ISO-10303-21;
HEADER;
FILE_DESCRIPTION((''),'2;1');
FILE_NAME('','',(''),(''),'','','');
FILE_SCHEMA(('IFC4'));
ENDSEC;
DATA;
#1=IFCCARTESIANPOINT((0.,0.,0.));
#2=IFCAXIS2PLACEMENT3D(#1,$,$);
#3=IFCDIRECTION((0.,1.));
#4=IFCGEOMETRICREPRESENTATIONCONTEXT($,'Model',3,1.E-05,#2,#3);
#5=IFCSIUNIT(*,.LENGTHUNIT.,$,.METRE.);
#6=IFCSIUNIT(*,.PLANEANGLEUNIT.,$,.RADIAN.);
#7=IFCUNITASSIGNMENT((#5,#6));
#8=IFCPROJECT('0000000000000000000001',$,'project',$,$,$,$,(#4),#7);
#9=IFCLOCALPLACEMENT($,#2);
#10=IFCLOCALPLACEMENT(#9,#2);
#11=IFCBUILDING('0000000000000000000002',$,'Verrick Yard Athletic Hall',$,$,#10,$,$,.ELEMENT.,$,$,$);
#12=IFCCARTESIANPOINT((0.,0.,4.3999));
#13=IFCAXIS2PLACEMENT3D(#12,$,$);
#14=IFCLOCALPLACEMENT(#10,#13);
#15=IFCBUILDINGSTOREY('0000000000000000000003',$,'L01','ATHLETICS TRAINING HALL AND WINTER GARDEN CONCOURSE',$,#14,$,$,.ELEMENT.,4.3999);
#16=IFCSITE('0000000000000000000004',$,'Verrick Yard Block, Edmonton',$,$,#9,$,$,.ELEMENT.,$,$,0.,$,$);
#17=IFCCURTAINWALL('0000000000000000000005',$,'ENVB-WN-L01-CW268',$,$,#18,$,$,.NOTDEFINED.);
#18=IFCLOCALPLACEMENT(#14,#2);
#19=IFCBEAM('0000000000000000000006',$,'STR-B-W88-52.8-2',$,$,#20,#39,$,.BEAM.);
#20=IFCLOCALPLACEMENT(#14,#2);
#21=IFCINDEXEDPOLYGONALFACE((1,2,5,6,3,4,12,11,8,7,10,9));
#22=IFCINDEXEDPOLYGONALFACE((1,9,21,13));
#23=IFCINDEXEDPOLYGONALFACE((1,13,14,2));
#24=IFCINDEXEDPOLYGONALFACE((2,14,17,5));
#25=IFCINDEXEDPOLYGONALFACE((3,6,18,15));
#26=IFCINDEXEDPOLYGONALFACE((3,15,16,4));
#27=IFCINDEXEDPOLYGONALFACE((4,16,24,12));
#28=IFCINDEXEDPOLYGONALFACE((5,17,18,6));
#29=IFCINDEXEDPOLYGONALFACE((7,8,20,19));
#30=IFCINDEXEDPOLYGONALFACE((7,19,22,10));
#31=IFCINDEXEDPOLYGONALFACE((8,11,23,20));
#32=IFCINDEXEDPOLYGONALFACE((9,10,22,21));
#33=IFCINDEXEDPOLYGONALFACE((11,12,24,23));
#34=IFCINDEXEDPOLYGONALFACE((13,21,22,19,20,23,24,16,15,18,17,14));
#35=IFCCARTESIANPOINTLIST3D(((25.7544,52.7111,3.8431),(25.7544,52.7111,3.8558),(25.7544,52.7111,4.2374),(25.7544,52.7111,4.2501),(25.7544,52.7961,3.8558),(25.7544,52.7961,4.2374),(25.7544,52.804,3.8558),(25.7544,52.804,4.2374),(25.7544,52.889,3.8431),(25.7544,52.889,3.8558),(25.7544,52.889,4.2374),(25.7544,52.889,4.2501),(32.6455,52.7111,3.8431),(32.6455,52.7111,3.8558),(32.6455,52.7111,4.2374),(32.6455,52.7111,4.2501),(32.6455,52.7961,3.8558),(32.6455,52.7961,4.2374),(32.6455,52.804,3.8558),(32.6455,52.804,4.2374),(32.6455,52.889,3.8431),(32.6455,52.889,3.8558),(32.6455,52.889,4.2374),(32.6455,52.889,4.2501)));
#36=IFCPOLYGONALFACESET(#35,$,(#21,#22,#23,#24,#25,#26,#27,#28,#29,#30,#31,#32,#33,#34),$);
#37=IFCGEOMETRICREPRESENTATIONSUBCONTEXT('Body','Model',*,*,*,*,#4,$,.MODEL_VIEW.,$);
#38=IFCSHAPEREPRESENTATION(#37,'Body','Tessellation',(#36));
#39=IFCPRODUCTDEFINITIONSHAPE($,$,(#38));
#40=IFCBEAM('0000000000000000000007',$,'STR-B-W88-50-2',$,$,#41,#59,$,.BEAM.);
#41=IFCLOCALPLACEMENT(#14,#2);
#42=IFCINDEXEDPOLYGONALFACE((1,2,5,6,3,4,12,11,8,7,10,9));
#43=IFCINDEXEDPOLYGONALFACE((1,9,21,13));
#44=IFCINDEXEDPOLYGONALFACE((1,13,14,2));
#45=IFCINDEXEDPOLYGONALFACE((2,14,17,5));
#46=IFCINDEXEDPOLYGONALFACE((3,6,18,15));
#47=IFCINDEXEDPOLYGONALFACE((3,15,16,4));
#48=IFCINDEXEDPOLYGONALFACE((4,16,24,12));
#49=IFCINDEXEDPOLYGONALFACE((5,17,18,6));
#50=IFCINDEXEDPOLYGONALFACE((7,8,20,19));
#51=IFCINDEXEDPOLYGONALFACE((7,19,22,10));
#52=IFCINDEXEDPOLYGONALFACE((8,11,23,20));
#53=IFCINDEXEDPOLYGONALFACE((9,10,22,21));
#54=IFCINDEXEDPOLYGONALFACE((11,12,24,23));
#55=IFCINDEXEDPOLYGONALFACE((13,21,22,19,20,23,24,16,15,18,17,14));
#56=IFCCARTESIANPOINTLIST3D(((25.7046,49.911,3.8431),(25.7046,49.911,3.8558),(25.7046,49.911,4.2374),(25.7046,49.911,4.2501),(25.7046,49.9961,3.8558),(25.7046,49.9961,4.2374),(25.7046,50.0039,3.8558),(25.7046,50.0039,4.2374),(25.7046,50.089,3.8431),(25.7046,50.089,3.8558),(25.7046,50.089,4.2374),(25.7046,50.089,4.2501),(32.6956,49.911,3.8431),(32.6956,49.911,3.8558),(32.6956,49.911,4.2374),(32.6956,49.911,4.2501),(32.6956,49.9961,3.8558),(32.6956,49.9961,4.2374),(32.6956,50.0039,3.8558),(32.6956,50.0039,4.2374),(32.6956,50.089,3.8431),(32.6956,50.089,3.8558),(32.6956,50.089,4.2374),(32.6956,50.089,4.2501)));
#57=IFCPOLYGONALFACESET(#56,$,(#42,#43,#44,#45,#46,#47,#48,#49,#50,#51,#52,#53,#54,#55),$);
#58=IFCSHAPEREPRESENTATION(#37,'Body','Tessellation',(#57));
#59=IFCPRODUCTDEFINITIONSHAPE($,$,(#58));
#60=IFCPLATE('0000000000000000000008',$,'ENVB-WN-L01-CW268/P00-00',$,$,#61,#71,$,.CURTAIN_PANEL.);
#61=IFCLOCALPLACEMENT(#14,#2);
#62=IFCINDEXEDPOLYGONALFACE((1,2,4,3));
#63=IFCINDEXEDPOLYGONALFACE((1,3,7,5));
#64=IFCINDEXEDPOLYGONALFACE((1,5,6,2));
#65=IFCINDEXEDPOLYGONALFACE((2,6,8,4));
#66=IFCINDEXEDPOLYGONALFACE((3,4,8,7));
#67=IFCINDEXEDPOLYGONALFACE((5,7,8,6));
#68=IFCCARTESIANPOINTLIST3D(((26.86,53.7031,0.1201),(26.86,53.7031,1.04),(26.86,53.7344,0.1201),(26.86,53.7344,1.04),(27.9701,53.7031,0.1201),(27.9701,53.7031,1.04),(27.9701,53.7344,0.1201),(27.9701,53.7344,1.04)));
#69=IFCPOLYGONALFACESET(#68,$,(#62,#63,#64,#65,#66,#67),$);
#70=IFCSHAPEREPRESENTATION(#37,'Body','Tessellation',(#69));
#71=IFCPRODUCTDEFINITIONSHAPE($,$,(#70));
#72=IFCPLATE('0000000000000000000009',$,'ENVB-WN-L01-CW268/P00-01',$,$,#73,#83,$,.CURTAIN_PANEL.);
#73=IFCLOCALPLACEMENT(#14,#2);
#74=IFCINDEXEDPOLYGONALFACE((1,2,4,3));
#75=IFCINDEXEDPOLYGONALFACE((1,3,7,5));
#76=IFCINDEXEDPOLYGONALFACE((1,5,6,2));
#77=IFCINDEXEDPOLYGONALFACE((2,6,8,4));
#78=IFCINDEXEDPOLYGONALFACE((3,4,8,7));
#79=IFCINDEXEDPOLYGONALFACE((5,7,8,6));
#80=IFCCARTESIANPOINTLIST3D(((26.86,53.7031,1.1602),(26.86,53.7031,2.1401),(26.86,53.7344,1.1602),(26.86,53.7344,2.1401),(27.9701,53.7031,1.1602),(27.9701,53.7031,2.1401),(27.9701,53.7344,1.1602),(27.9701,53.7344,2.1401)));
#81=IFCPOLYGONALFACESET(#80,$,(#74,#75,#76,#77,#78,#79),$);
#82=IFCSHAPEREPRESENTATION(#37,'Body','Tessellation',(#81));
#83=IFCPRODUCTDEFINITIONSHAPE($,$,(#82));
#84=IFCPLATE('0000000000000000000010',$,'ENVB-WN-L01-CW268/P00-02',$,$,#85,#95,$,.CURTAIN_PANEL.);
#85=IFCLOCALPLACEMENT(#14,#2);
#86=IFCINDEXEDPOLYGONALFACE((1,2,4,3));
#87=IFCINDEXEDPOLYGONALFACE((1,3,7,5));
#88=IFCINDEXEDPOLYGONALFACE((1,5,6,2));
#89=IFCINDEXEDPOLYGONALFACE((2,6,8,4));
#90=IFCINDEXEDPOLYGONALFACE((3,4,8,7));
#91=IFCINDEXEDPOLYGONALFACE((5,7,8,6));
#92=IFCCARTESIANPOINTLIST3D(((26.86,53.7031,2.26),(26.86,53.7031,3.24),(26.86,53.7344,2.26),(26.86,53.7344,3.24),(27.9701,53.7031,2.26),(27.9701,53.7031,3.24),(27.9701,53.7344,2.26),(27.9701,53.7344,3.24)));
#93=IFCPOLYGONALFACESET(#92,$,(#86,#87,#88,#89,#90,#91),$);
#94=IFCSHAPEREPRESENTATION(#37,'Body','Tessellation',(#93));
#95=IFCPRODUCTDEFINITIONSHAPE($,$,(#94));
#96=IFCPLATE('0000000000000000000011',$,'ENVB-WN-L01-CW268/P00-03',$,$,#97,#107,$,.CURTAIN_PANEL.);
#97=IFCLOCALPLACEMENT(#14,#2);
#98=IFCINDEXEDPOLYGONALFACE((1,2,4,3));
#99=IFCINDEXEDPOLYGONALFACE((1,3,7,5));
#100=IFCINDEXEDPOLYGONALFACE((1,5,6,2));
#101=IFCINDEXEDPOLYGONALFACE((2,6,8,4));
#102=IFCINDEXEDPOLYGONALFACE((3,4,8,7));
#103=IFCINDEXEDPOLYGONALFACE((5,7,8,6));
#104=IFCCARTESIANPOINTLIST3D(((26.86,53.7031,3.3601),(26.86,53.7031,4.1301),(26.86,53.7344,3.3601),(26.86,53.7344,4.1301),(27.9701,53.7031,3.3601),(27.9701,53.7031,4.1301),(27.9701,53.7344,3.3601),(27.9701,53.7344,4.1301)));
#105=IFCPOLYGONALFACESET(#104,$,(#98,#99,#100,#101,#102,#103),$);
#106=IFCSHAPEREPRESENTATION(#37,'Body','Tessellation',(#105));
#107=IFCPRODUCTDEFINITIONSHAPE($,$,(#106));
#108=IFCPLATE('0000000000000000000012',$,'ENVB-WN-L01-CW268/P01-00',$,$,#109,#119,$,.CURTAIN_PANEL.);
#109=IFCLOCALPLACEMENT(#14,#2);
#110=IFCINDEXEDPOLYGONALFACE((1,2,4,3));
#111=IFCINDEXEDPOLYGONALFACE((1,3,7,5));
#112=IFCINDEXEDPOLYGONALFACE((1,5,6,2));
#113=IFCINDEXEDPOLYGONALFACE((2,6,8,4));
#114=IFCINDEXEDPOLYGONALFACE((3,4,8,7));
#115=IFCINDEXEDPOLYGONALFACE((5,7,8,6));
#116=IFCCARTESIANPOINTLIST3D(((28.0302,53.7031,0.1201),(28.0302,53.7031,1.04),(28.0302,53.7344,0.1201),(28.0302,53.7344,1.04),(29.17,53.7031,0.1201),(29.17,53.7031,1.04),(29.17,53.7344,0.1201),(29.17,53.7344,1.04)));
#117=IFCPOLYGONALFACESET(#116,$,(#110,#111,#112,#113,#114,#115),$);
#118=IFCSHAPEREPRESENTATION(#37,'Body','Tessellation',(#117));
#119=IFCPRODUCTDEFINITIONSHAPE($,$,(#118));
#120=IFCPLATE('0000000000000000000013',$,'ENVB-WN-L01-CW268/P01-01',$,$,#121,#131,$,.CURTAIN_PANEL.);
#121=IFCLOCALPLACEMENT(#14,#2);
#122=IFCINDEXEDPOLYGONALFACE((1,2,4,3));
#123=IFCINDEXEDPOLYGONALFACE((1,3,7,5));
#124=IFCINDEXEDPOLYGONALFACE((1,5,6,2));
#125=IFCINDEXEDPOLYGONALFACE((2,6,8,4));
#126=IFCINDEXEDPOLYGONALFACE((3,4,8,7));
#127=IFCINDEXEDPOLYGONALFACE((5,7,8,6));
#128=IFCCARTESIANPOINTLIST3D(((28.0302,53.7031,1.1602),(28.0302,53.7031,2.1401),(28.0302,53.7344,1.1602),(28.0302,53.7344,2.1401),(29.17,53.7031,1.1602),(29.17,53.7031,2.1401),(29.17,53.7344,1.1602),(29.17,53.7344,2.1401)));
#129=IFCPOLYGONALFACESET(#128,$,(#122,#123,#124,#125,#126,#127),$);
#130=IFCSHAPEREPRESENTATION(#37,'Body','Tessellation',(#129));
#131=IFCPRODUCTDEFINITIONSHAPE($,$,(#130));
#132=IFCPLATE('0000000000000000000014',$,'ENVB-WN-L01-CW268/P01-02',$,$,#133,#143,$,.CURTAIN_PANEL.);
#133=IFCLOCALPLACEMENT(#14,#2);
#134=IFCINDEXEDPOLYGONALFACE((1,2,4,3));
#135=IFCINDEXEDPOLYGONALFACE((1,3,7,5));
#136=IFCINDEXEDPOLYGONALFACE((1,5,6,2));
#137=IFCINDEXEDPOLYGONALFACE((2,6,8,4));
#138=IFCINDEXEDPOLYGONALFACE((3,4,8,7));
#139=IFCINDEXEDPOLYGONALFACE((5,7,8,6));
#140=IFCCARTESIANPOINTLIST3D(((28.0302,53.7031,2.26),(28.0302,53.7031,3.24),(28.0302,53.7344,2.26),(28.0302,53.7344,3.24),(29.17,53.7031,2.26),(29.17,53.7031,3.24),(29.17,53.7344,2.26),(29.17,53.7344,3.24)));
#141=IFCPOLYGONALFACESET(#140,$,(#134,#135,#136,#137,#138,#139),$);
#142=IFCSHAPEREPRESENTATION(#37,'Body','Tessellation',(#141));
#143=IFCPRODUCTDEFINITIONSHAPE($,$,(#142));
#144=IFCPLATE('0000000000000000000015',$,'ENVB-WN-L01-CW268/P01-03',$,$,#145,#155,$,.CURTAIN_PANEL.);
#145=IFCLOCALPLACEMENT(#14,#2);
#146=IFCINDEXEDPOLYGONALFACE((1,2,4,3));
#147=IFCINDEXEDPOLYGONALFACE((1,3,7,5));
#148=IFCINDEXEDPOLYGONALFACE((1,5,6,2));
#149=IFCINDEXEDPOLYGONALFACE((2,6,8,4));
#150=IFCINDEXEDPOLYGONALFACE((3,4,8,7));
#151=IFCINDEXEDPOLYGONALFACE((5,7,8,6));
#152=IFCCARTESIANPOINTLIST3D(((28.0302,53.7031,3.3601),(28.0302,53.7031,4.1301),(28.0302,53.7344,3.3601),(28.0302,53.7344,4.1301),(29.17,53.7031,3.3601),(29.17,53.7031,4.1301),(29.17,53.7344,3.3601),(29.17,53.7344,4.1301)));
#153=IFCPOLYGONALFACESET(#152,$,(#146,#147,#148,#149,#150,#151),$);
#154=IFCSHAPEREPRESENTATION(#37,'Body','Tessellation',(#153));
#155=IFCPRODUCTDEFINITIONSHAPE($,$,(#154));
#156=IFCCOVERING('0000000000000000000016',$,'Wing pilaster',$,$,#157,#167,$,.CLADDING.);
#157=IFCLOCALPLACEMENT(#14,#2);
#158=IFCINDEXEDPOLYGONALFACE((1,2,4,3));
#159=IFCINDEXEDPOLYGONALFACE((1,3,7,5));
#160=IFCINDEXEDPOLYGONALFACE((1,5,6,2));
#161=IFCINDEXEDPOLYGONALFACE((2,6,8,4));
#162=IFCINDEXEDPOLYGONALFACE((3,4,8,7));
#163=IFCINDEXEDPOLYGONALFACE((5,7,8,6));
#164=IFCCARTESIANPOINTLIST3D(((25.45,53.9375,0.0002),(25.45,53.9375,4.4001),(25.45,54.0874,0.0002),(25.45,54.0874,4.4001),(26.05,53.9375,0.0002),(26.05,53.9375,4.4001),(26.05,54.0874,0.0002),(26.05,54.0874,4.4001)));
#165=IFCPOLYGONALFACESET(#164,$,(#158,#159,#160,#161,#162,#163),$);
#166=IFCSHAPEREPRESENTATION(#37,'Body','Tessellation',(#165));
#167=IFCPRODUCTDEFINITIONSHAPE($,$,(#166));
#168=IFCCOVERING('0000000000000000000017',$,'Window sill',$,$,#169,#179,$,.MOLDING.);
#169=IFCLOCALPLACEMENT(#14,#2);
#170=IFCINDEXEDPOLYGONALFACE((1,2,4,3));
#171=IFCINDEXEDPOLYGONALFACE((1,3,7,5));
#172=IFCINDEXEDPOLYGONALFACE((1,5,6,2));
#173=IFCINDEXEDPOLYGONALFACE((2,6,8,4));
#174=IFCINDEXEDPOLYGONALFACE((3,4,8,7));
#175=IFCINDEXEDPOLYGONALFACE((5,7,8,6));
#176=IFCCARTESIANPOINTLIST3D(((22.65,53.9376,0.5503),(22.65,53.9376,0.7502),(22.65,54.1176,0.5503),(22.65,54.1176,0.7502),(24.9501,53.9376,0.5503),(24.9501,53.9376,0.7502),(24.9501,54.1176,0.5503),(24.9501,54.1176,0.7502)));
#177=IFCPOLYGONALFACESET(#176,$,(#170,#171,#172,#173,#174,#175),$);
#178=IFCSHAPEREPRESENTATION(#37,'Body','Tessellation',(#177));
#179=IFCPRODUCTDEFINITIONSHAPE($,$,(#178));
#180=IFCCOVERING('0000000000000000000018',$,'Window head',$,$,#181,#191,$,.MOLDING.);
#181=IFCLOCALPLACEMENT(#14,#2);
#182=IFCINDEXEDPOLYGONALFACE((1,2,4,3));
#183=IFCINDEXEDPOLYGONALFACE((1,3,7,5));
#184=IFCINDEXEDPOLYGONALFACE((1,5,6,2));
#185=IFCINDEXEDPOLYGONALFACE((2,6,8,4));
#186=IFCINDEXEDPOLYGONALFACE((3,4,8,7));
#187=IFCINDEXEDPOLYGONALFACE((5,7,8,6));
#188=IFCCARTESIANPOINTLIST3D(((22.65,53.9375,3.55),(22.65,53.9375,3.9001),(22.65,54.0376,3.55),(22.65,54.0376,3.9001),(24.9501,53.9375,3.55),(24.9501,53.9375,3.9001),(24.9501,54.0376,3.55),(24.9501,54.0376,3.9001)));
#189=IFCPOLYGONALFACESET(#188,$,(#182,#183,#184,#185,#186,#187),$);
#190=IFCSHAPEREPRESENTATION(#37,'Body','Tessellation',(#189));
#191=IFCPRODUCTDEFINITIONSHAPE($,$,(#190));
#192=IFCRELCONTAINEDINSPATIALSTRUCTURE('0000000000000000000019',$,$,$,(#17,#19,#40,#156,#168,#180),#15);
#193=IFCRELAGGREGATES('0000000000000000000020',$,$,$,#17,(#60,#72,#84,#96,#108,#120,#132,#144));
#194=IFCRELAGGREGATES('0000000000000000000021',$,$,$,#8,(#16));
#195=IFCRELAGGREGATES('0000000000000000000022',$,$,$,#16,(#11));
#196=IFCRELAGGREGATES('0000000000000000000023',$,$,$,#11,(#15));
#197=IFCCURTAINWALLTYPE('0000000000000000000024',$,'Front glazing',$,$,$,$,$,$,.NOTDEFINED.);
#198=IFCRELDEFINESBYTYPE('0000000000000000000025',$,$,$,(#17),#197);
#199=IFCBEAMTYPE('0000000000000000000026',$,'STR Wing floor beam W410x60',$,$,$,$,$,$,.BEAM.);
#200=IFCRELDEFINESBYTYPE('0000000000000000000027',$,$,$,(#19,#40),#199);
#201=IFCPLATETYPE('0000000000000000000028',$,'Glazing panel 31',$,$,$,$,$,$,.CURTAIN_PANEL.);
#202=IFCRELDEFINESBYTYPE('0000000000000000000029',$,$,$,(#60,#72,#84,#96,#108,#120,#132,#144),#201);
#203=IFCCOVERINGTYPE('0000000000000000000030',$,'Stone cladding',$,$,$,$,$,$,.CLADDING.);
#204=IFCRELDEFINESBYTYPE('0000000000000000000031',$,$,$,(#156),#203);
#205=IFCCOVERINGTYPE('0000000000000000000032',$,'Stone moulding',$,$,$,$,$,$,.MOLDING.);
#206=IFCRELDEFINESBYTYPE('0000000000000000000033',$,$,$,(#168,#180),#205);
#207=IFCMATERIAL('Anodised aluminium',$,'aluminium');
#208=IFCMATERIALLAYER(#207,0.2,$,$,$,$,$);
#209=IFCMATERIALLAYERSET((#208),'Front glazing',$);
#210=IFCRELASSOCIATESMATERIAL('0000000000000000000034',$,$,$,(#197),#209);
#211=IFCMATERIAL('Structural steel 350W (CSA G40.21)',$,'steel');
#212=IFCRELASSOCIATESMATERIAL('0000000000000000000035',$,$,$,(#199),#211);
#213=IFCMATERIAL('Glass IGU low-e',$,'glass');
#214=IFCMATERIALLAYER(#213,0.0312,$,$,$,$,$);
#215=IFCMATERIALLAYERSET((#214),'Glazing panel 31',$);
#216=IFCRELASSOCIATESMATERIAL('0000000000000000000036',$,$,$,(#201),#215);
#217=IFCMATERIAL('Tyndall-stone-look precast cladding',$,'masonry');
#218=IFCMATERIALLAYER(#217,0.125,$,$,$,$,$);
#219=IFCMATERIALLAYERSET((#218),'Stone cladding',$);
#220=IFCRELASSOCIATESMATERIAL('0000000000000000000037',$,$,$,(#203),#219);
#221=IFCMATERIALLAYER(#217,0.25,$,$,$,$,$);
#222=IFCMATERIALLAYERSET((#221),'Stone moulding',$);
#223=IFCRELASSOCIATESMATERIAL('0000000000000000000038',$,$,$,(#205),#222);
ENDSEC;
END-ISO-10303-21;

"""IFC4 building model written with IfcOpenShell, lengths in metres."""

from ifc_helpers import new_model, si_unit, direction, frame, origin, origin_2d, place, context, subcontext, project, spatial, rectangle, i_section, extrude, material, layer, layer_set, material_profile, profile_set, type_object, element, aggregate, save


model = new_model("IFC4")

# Units and contexts
model_context = context("Model", 3, precision=1e-05, world=origin(), true_north=direction((0.0, 1.0)))
body_context = subcontext(model_context, "Body", "Model", "MODEL_VIEW")
ifc_project = project(units=[si_unit("LENGTHUNIT", "METRE"), si_unit("PLANEANGLEUNIT", "RADIAN")], contexts=[model_context])

# Site, building, storey
site_placement = place(None, origin())
site = spatial("IfcSite", under=ifc_project, at=site_placement, Name="Verrick Yard Block, Edmonton", CompositionType="ELEMENT", RefElevation=0.0)
building_placement = place(site_placement, origin())
building = spatial("IfcBuilding", under=site, at=building_placement, Name="Verrick Yard Athletic Hall", CompositionType="ELEMENT")
storey_placement = place(building_placement, frame((0.0, 0.0, 4.3999)))
storey = spatial("IfcBuildingStorey", under=building, at=storey_placement, Name="L01", Description="ATHLETICS TRAINING HALL AND WINTER GARDEN CONCOURSE", CompositionType="ELEMENT", Elevation=4.3999)

# Shared definitions
ifc_material_1 = material(Name="Structural steel 350W (CSA G40.21)", Category="steel")

# Curtain wall
ifc_material_2 = material(Name="Anodised aluminium", Category="aluminium")
ifc_layer_1 = layer(ifc_material_2, 0.2)
ifc_layer_set_1 = layer_set([ifc_layer_1], Name="Front glazing")
curtain_wall_type = type_object("IfcCurtainWallType", Name="Front glazing", PredefinedType="NOTDEFINED", material=ifc_layer_set_1)
curtain_wall_placement = place(storey_placement, origin())
curtain_wall = element("IfcCurtainWall", 1, at=curtain_wall_placement, inside=storey, type_object=curtain_wall_type, Name="ENVB-WN-L01-CW268", PredefinedType="NOTDEFINED")

# Beams
ifc_material_profile_1 = material_profile(ifc_material_1, i_section(OverallWidth=0.178, OverallDepth=0.407, WebThickness=0.0078, FlangeThickness=0.0127, at=origin_2d()), Name="W410x60")
ifc_profile_set_1 = profile_set([ifc_material_profile_1], Name="Structural steel 350W (CSA G40.21)")
beam_type = type_object("IfcBeamType", Name="STR Wing floor beam W410x60", PredefinedType="BEAM", material=ifc_profile_set_1)
beam_1_placement = place(storey_placement, frame((25.7544, 52.8, 4.0466), z_axis=(1.0, 0.0, 0.0), x_axis=(0.0, 1.0, 0.0)))
element("IfcBeam", 2, at=beam_1_placement, inside=storey, type_object=beam_type, Name="STR-B-W88-52.8-2", PredefinedType="BEAM", context=body_context, shape_type="SweptSolid", body=[
    extrude(i_section(OverallWidth=0.178, OverallDepth=0.407, WebThickness=0.0078, FlangeThickness=0.0127, at=origin_2d()), origin(), (0.0, 0.0, 1.0), 6.8911),
])
beam_2_placement = place(storey_placement, frame((25.7046, 50.0, 4.0466), z_axis=(1.0, 0.0, 0.0), x_axis=(0.0, 1.0, 0.0)))
element("IfcBeam", 3, at=beam_2_placement, inside=storey, type_object=beam_type, Name="STR-B-W88-50-2", PredefinedType="BEAM", context=body_context, shape_type="SweptSolid", body=[
    extrude(i_section(OverallWidth=0.178, OverallDepth=0.407, WebThickness=0.0078, FlangeThickness=0.0127, at=origin_2d()), origin(), (0.0, 0.0, 1.0), 6.991),
])

# Plates
ifc_material_3 = material(Name="Glass IGU low-e", Category="glass")
ifc_layer_2 = layer(ifc_material_3, 0.0312)
ifc_layer_set_2 = layer_set([ifc_layer_2], Name="Glazing panel 31")
plate_type = type_object("IfcPlateType", Name="Glazing panel 31", PredefinedType="CURTAIN_PANEL", material=ifc_layer_set_2)
plate_1_placement = place(storey_placement, frame((27.415, 53.7188, 0.1201), z_axis=(0.0, 0.0, 1.0), x_axis=(1.0, 0.0, 0.0)))
plate_1 = element("IfcPlate", 4, at=plate_1_placement, type_object=plate_type, Name="ENVB-WN-L01-CW268/P00-00", PredefinedType="CURTAIN_PANEL", context=body_context, shape_type="SweptSolid", body=[
    extrude(rectangle(XDim=1.1101, YDim=0.0312, at=origin_2d()), origin(), (0.0, 0.0, 1.0), 0.9199),
])
plate_2_placement = place(storey_placement, frame((27.415, 53.7188, 1.1602), z_axis=(0.0, 0.0, 1.0), x_axis=(1.0, 0.0, 0.0)))
plate_2 = element("IfcPlate", 5, at=plate_2_placement, type_object=plate_type, Name="ENVB-WN-L01-CW268/P00-01", PredefinedType="CURTAIN_PANEL", context=body_context, shape_type="SweptSolid", body=[
    extrude(rectangle(XDim=1.1101, YDim=0.0312, at=origin_2d()), origin(), (0.0, 0.0, 1.0), 0.98),
])
plate_3_placement = place(storey_placement, frame((27.415, 53.7188, 2.26), z_axis=(0.0, 0.0, 1.0), x_axis=(1.0, 0.0, 0.0)))
plate_3 = element("IfcPlate", 6, at=plate_3_placement, type_object=plate_type, Name="ENVB-WN-L01-CW268/P00-02", PredefinedType="CURTAIN_PANEL", context=body_context, shape_type="SweptSolid", body=[
    extrude(rectangle(XDim=1.1101, YDim=0.0312, at=origin_2d()), origin(), (0.0, 0.0, 1.0), 0.98),
])
plate_4_placement = place(storey_placement, frame((27.415, 53.7188, 3.3601), z_axis=(0.0, 0.0, 1.0), x_axis=(1.0, 0.0, 0.0)))
plate_4 = element("IfcPlate", 7, at=plate_4_placement, type_object=plate_type, Name="ENVB-WN-L01-CW268/P00-03", PredefinedType="CURTAIN_PANEL", context=body_context, shape_type="SweptSolid", body=[
    extrude(rectangle(XDim=1.1101, YDim=0.0312, at=origin_2d()), origin(), (0.0, 0.0, 1.0), 0.77),
])
plate_5_placement = place(storey_placement, frame((28.6001, 53.7188, 0.1201), z_axis=(0.0, 0.0, 1.0), x_axis=(1.0, 0.0, 0.0)))
plate_5 = element("IfcPlate", 8, at=plate_5_placement, type_object=plate_type, Name="ENVB-WN-L01-CW268/P01-00", PredefinedType="CURTAIN_PANEL", context=body_context, shape_type="SweptSolid", body=[
    extrude(rectangle(XDim=1.1399, YDim=0.0312, at=origin_2d()), origin(), (0.0, 0.0, 1.0), 0.9199),
])
plate_6_placement = place(storey_placement, frame((28.6001, 53.7188, 1.1602), z_axis=(0.0, 0.0, 1.0), x_axis=(1.0, 0.0, 0.0)))
plate_6 = element("IfcPlate", 9, at=plate_6_placement, type_object=plate_type, Name="ENVB-WN-L01-CW268/P01-01", PredefinedType="CURTAIN_PANEL", context=body_context, shape_type="SweptSolid", body=[
    extrude(rectangle(XDim=1.1399, YDim=0.0312, at=origin_2d()), origin(), (0.0, 0.0, 1.0), 0.98),
])
plate_7_placement = place(storey_placement, frame((28.6001, 53.7188, 2.26), z_axis=(0.0, 0.0, 1.0), x_axis=(1.0, 0.0, 0.0)))
plate_7 = element("IfcPlate", 10, at=plate_7_placement, type_object=plate_type, Name="ENVB-WN-L01-CW268/P01-02", PredefinedType="CURTAIN_PANEL", context=body_context, shape_type="SweptSolid", body=[
    extrude(rectangle(XDim=1.1399, YDim=0.0312, at=origin_2d()), origin(), (0.0, 0.0, 1.0), 0.98),
])
plate_8_placement = place(storey_placement, frame((28.6001, 53.7188, 3.3601), z_axis=(0.0, 0.0, 1.0), x_axis=(1.0, 0.0, 0.0)))
plate_8 = element("IfcPlate", 11, at=plate_8_placement, type_object=plate_type, Name="ENVB-WN-L01-CW268/P01-03", PredefinedType="CURTAIN_PANEL", context=body_context, shape_type="SweptSolid", body=[
    extrude(rectangle(XDim=1.1399, YDim=0.0312, at=origin_2d()), origin(), (0.0, 0.0, 1.0), 0.77),
])
aggregate(curtain_wall, [plate_1, plate_2, plate_3, plate_4, plate_5, plate_6, plate_7, plate_8])

# Coverings
ifc_material_4 = material(Name="Tyndall-stone-look precast cladding", Category="masonry")
ifc_layer_3 = layer(ifc_material_4, 0.125)
ifc_layer_set_3 = layer_set([ifc_layer_3], Name="Stone cladding")
covering_type_1 = type_object("IfcCoveringType", Name="Stone cladding", PredefinedType="CLADDING", material=ifc_layer_set_3)
covering_1_placement = place(storey_placement, frame((25.75, 54.0125, 0.0002), z_axis=(0.0, 0.0, 1.0), x_axis=(1.0, 0.0, 0.0)))
element("IfcCovering", 12, at=covering_1_placement, inside=storey, type_object=covering_type_1, Name="Wing pilaster", PredefinedType="CLADDING", context=body_context, shape_type="SweptSolid", body=[
    extrude(rectangle(XDim=0.6001, YDim=0.1499, at=origin_2d()), origin(), (0.0, 0.0, 1.0), 4.3999),
])
ifc_layer_4 = layer(ifc_material_4, 0.25)
ifc_layer_set_4 = layer_set([ifc_layer_4], Name="Stone moulding")
covering_type_2 = type_object("IfcCoveringType", Name="Stone moulding", PredefinedType="MOLDING", material=ifc_layer_set_4)
covering_2_placement = place(storey_placement, frame((23.8, 54.0276, 0.5503), z_axis=(0.0, 0.0, 1.0), x_axis=(1.0, 0.0, 0.0)))
element("IfcCovering", 13, at=covering_2_placement, inside=storey, type_object=covering_type_2, Name="Window sill", PredefinedType="MOLDING", context=body_context, shape_type="SweptSolid", body=[
    extrude(rectangle(XDim=2.3, YDim=0.1799, at=origin_2d()), origin(), (0.0, 0.0, 1.0), 0.2),
])
covering_3_placement = place(storey_placement, frame((23.8, 53.9875, 3.55), z_axis=(0.0, 0.0, 1.0), x_axis=(1.0, 0.0, 0.0)))
element("IfcCovering", 14, at=covering_3_placement, inside=storey, type_object=covering_type_2, Name="Window head", PredefinedType="MOLDING", context=body_context, shape_type="SweptSolid", body=[
    extrude(rectangle(XDim=2.3, YDim=0.1001, at=origin_2d()), origin(), (0.0, 0.0, 1.0), 0.3501),
])

save(model, "model.ifc")
